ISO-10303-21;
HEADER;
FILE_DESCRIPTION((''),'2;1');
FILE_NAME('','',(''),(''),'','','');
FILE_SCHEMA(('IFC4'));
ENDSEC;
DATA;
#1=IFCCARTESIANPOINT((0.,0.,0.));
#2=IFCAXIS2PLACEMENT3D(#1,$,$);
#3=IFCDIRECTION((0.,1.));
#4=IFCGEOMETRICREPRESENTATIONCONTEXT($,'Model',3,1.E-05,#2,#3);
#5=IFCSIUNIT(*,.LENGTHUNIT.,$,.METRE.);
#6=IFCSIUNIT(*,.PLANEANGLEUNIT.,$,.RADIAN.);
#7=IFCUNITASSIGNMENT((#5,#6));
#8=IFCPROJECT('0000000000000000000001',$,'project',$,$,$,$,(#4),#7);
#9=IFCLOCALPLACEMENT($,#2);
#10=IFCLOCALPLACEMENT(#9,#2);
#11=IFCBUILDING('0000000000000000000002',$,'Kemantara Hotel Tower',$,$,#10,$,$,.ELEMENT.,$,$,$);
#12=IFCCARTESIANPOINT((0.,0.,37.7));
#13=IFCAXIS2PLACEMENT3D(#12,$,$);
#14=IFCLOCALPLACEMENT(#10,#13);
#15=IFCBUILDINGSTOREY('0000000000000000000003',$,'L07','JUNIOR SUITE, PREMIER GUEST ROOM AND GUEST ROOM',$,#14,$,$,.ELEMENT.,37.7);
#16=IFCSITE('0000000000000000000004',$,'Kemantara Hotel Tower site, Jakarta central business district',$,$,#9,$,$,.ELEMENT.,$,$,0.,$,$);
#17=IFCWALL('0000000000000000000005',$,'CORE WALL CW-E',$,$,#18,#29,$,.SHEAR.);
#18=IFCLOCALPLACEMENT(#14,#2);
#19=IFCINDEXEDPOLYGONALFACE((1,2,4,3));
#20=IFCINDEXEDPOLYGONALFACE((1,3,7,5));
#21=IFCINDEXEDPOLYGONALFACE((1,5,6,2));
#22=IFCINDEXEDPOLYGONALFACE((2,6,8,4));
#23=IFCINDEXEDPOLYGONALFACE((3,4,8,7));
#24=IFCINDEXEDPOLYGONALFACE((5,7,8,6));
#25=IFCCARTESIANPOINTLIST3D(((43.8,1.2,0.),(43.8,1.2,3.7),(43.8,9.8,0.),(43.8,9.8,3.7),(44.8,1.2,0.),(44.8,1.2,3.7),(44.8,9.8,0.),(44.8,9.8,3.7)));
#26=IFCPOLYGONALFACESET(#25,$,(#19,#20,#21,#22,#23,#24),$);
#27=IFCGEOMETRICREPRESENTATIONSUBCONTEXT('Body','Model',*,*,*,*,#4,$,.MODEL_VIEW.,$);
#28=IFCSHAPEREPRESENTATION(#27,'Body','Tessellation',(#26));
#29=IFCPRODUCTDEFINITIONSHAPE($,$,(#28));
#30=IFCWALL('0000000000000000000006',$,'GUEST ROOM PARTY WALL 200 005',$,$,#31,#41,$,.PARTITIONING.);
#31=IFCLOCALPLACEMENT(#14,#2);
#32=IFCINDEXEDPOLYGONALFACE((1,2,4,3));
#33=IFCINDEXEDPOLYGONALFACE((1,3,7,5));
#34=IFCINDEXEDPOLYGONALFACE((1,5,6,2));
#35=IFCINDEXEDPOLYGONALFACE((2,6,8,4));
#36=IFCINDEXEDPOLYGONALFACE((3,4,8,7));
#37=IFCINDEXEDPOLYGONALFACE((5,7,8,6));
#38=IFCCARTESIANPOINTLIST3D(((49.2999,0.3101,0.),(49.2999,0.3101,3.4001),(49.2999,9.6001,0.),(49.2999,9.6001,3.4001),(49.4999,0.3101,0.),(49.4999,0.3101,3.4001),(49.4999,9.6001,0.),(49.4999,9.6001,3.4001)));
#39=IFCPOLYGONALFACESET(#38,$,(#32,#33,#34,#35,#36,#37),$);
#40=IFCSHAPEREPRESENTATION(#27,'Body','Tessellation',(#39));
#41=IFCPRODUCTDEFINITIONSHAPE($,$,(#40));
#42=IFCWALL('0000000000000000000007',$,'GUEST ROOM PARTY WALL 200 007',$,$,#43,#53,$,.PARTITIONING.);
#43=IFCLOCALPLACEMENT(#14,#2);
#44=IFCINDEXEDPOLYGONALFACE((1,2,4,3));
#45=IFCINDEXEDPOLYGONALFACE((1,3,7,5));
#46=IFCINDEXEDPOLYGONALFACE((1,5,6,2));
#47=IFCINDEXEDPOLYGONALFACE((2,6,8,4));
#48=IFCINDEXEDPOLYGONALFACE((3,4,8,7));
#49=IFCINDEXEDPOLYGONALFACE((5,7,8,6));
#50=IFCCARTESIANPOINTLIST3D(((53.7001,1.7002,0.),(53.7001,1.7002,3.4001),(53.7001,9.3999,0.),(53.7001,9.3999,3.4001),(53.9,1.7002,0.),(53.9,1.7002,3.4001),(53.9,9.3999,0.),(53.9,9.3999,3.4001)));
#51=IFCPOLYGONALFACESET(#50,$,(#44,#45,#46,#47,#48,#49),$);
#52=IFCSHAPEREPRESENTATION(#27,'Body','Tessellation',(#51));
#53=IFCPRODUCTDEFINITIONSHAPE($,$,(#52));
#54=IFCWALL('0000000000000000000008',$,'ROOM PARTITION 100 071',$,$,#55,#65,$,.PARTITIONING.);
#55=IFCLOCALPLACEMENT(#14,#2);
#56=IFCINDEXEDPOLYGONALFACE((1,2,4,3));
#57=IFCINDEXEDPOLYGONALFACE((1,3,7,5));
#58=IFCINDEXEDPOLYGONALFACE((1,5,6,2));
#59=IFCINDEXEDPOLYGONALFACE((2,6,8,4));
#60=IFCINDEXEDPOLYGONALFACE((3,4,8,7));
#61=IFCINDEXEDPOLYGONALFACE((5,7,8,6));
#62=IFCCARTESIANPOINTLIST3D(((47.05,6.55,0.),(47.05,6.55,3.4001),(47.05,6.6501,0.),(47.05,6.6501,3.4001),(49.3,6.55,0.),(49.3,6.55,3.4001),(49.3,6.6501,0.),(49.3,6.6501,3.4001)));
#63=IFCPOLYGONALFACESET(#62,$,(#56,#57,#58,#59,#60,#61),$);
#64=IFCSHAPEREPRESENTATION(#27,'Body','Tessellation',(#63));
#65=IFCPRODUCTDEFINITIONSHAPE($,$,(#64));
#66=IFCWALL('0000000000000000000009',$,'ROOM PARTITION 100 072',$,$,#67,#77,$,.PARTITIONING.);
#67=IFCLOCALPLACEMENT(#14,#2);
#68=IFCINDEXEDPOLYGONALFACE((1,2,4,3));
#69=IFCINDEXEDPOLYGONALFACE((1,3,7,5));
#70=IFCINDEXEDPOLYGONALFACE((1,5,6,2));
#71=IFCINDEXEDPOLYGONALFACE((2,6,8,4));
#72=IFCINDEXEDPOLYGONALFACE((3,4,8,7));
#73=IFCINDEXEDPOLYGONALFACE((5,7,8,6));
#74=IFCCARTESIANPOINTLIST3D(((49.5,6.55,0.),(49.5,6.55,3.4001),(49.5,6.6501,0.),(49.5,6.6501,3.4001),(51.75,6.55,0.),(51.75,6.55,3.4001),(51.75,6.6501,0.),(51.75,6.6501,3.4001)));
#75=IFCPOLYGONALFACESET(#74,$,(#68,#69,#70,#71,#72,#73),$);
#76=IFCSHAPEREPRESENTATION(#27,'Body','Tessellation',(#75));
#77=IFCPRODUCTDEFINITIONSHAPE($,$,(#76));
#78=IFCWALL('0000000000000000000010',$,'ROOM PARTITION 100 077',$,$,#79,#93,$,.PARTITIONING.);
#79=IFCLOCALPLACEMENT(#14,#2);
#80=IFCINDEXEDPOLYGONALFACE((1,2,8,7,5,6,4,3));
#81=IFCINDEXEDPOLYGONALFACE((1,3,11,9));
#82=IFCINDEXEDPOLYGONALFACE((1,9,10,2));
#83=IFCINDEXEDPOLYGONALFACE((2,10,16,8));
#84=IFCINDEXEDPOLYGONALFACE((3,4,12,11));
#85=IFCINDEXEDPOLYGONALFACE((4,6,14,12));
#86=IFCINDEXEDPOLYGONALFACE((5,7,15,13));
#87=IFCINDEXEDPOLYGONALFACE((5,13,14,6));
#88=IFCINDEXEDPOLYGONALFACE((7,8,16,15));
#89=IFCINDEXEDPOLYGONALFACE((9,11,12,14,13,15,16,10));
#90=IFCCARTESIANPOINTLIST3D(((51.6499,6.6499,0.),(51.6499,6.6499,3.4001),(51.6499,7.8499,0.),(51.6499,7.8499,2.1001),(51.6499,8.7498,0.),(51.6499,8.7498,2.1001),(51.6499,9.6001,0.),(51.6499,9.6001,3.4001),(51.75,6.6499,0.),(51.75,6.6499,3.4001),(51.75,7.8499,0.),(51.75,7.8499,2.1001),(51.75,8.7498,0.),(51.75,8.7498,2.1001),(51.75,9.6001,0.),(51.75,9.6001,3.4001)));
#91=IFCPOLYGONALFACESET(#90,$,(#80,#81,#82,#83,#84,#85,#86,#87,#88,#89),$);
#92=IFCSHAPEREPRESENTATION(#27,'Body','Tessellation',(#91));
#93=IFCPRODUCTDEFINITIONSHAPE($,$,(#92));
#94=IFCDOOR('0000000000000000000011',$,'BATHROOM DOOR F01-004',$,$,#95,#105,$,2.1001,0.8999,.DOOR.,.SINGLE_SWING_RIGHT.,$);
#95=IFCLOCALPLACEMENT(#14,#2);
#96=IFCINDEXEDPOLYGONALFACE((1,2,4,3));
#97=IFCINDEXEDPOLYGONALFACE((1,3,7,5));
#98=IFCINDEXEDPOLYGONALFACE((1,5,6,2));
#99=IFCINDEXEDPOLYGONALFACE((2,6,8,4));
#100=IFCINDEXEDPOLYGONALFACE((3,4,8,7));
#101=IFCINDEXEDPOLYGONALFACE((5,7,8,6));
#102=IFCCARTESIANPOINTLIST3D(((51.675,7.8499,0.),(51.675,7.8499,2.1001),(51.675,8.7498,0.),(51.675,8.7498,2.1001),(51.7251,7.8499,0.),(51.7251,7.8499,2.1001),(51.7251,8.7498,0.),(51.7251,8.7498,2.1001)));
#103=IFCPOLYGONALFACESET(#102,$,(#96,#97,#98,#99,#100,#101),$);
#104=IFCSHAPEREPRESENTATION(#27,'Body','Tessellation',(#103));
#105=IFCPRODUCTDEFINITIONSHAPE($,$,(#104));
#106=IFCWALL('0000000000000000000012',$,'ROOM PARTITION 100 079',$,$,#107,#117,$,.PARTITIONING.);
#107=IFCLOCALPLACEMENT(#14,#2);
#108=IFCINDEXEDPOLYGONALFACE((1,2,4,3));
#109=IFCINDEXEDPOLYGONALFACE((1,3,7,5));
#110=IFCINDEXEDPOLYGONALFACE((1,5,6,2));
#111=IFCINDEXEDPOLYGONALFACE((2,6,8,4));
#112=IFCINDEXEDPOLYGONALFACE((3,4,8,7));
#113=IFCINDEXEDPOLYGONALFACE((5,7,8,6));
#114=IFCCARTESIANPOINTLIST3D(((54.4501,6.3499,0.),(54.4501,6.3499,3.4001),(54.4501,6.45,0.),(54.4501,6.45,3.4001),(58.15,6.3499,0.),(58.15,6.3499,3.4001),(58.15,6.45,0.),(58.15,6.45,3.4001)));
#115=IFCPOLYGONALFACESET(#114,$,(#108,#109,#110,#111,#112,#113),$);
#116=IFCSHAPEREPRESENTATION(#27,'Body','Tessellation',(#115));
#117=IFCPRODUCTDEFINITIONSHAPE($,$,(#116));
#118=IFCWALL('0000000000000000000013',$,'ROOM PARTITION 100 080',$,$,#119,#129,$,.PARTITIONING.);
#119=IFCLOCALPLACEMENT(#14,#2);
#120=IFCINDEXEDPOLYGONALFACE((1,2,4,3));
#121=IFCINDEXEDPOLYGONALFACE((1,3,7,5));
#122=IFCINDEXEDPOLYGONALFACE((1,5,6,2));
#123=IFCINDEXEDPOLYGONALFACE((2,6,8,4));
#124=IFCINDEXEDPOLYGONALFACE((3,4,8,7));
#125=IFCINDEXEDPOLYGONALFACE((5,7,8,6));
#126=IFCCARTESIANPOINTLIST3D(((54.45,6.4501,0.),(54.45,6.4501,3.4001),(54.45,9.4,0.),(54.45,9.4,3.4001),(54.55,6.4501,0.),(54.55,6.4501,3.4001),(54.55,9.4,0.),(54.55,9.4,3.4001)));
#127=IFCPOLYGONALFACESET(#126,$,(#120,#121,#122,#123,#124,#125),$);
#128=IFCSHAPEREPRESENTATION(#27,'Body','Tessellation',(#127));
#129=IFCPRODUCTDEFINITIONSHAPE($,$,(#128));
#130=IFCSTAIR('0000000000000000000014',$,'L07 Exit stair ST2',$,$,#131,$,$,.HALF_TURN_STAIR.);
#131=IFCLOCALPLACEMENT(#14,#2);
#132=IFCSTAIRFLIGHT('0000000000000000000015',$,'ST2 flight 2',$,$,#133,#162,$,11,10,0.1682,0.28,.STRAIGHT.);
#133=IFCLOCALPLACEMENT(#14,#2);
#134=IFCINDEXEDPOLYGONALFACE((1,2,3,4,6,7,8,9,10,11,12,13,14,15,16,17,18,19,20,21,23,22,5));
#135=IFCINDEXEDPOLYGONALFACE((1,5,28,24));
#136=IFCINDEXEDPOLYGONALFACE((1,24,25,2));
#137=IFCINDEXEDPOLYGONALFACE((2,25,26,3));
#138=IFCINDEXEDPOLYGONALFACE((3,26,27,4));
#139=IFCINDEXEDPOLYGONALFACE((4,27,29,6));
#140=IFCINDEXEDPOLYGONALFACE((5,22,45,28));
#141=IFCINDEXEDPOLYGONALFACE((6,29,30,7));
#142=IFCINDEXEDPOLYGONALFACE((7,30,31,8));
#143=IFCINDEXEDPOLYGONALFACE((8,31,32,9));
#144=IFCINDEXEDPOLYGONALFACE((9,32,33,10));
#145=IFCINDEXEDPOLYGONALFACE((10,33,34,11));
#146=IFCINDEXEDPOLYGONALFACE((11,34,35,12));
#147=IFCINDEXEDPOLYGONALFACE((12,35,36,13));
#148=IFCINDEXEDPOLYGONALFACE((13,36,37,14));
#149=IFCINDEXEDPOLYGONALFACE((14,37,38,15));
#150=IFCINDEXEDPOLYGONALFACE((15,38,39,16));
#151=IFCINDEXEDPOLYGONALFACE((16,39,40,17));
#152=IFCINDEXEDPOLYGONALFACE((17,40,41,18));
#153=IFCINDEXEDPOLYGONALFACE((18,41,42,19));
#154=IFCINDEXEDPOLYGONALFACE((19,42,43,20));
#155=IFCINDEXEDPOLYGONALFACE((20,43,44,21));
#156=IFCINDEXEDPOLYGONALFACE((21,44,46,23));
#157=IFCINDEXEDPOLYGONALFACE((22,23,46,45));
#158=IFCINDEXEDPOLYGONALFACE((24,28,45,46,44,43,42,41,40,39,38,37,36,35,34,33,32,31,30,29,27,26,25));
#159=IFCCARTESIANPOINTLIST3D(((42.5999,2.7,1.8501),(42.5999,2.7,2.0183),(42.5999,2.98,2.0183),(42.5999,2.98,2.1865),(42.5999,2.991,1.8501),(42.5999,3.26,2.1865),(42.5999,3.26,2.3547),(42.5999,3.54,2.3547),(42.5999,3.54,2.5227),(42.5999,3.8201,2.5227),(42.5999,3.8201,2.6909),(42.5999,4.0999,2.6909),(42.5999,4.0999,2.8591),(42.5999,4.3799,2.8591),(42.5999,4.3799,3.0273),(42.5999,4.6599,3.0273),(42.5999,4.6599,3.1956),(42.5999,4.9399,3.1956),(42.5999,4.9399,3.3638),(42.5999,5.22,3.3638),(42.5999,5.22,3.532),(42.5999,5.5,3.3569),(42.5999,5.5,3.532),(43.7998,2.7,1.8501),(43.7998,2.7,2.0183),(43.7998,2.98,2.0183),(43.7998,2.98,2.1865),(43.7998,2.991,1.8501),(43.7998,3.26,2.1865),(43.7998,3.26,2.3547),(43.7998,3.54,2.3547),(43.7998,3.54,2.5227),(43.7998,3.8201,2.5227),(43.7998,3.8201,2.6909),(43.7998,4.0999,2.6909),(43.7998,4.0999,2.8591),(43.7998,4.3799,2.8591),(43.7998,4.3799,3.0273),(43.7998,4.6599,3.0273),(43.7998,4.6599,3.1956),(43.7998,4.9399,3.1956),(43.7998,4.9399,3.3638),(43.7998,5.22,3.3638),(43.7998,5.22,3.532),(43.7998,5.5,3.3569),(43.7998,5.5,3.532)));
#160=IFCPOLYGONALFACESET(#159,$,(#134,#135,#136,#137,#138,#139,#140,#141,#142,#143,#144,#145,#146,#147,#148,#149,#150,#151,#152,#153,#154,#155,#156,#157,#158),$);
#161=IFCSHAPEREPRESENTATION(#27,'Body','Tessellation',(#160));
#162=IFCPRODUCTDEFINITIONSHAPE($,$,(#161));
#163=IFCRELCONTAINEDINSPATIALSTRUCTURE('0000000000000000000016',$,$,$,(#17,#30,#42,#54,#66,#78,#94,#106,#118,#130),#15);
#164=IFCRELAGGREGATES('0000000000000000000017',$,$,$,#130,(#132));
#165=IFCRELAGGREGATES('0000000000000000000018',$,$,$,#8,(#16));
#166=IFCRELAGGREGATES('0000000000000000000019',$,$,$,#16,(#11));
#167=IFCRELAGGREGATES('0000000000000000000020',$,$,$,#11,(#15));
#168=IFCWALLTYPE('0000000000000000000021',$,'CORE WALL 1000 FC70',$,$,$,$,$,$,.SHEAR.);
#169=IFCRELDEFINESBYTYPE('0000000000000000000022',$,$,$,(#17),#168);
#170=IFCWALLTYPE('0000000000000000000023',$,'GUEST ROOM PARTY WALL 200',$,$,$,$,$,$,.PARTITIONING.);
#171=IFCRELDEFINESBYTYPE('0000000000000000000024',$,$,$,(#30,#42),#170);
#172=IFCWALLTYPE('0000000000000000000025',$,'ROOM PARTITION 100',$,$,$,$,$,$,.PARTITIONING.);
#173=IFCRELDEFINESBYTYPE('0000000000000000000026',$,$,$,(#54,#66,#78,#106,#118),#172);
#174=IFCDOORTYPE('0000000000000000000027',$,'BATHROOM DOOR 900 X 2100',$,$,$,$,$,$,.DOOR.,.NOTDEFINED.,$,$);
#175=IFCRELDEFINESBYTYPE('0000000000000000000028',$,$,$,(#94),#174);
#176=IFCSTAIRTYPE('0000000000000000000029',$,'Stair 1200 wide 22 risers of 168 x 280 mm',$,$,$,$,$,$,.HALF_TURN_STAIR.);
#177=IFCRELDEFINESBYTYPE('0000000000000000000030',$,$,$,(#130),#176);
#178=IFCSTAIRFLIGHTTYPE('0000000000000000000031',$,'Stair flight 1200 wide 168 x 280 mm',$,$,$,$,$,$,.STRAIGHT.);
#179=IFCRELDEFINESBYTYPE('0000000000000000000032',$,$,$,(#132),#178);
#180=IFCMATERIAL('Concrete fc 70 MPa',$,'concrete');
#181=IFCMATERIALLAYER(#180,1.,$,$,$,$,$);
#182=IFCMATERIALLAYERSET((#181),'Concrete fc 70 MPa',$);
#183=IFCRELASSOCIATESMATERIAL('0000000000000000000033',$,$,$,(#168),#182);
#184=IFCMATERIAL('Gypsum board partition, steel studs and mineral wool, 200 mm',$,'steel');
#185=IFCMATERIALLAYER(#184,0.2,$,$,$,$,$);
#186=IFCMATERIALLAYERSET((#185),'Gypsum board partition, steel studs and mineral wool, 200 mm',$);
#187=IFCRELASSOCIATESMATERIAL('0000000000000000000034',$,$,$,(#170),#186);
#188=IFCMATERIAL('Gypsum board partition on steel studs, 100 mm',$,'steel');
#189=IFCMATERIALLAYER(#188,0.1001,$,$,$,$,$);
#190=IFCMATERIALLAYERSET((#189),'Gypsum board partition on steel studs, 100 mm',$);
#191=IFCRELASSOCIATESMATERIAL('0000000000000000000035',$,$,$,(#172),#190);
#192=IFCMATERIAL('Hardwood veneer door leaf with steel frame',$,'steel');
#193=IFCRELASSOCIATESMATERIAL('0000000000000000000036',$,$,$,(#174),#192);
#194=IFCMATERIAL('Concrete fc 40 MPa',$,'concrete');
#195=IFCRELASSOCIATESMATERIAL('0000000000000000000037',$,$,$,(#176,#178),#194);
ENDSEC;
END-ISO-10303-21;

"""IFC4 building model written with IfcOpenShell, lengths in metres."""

from ifc_helpers import new_model, si_unit, direction, frame, frame_2d, origin, place, context, subcontext, project, spatial, polyline, rectangle, outline, extrude, material, layer, layer_set, type_object, element, fill, aggregate, save


model = new_model("IFC4")

# Units and contexts
model_context = context("Model", 3, precision=1e-05, world=origin(), true_north=direction((0.0, 1.0)))
body_context = subcontext(model_context, "Body", "Model", "MODEL_VIEW")
ifc_project = project(units=[si_unit("LENGTHUNIT", "METRE"), si_unit("PLANEANGLEUNIT", "RADIAN")], contexts=[model_context])

# Site, building, storey
site_placement = place(None, origin())
site = spatial("IfcSite", under=ifc_project, at=site_placement, Name="Kemantara Hotel Tower site, Jakarta central business district", CompositionType="ELEMENT", RefElevation=0.0)
building_placement = place(site_placement, origin())
building = spatial("IfcBuilding", under=site, at=building_placement, Name="Kemantara Hotel Tower", CompositionType="ELEMENT")
storey_placement = place(building_placement, frame((0.0, 0.0, 37.7)))
storey = spatial("IfcBuildingStorey", under=building, at=storey_placement, Name="L07", Description="JUNIOR SUITE, PREMIER GUEST ROOM AND GUEST ROOM", CompositionType="ELEMENT", Elevation=37.7)

# Shared definitions
ifc_material_1 = material(Name="Concrete fc 70 MPa", Category="concrete")

# Walls
ifc_layer_1 = layer(ifc_material_1, 1.0)
ifc_layer_set_1 = layer_set([ifc_layer_1], Name="Concrete fc 70 MPa")
wall_type_1 = type_object("IfcWallType", Name="CORE WALL 1000 FC70", PredefinedType="SHEAR", material=ifc_layer_set_1)
wall_1_placement = place(storey_placement, frame((44.3, 1.2, 0.0), z_axis=(0.0, 0.0, 1.0), x_axis=(0.0, 1.0, 0.0)))
element("IfcWall", 1, at=wall_1_placement, inside=storey, type_object=wall_type_1, Name="CORE WALL CW-E", PredefinedType="SHEAR", context=body_context, shape_type="SweptSolid", body=[
    extrude(rectangle(XDim=8.6001, YDim=1.0, at=frame_2d((4.3, 0.0))), origin(), (0.0, 0.0, 1.0), 3.7),
])
ifc_material_2 = material(Name="Gypsum board partition, steel studs and mineral wool, 200 mm", Category="steel")
ifc_layer_2 = layer(ifc_material_2, 0.2)
ifc_layer_set_2 = layer_set([ifc_layer_2], Name="Gypsum board partition, steel studs and mineral wool, 200 mm")
wall_type_2 = type_object("IfcWallType", Name="GUEST ROOM PARTY WALL 200", PredefinedType="PARTITIONING", material=ifc_layer_set_2)
wall_2_placement = place(storey_placement, frame((49.3999, 0.3101, 0.0), z_axis=(0.0, 0.0, 1.0), x_axis=(0.0, 1.0, 0.0)))
element("IfcWall", 2, at=wall_2_placement, inside=storey, type_object=wall_type_2, Name="GUEST ROOM PARTY WALL 200 005", PredefinedType="PARTITIONING", context=body_context, shape_type="SweptSolid", body=[
    extrude(rectangle(XDim=9.29, YDim=0.2, at=frame_2d((4.645, 0.0))), origin(), (0.0, 0.0, 1.0), 3.4001),
])
wall_3_placement = place(storey_placement, frame((53.8, 1.7002, 0.0), z_axis=(0.0, 0.0, 1.0), x_axis=(0.0, 1.0, 0.0)))
element("IfcWall", 3, at=wall_3_placement, inside=storey, type_object=wall_type_2, Name="GUEST ROOM PARTY WALL 200 007", PredefinedType="PARTITIONING", context=body_context, shape_type="SweptSolid", body=[
    extrude(rectangle(XDim=7.6997, YDim=0.2, at=frame_2d((3.8499, 0.0))), origin(), (0.0, 0.0, 1.0), 3.4001),
])
ifc_material_3 = material(Name="Gypsum board partition on steel studs, 100 mm", Category="steel")
ifc_layer_3 = layer(ifc_material_3, 0.1001)
ifc_layer_set_3 = layer_set([ifc_layer_3], Name="Gypsum board partition on steel studs, 100 mm")
wall_type_3 = type_object("IfcWallType", Name="ROOM PARTITION 100", PredefinedType="PARTITIONING", material=ifc_layer_set_3)
for number, where, z_axis, x_axis, name in (
    (4, (47.05, 6.6001, 0.0), (0.0, 0.0, 1.0), (1.0, 0.0, 0.0), "ROOM PARTITION 100 071"),
    (5, (49.5, 6.6001, 0.0), (0.0, 0.0, 1.0), (1.0, 0.0, 0.0), "ROOM PARTITION 100 072"),
):
    element("IfcWall", number, at=place(storey_placement, frame(where, z_axis=z_axis, x_axis=x_axis)), inside=storey, type_object=wall_type_3, Name=name, PredefinedType="PARTITIONING", context=body_context, shape_type="SweptSolid", body=[
        extrude(rectangle(XDim=2.25, YDim=0.1001, at=frame_2d((1.125, 0.0))), origin(), (0.0, 0.0, 1.0), 3.4001),
    ])

# Wall, opening, door
wall_4_placement = place(storey_placement, frame((51.7, 6.6499, 0.0), z_axis=(0.0, 0.0, 1.0), x_axis=(0.0, 1.0, 0.0)))
wall_4 = element("IfcWall", 6, at=wall_4_placement, inside=storey, type_object=wall_type_3, Name="ROOM PARTITION 100 077", PredefinedType="PARTITIONING", context=body_context, shape_type="SweptSolid", body=[
    extrude(rectangle(XDim=2.9502, YDim=0.1001, at=frame_2d((1.4751, 0.0))), origin(), (0.0, 0.0, 1.0), 3.4001),
])
opening_1_placement = place(wall_4_placement, frame((1.2, 0.0, 0.0)))
opening_1 = element("IfcOpeningElement", 7, at=opening_1_placement, cuts=wall_4, PredefinedType="OPENING", context=body_context, shape_type="SweptSolid", body=[
    extrude(rectangle(XDim=0.8999, YDim=2.1001, at=frame_2d((0.45, 1.05))), frame((0.0, 0.0601, 0.0), z_axis=(0.0, -1.0, 0.0), x_axis=(1.0, 0.0, 0.0)), (0.0, 0.0, 1.0), 0.1201),
])
ifc_material_4 = material(Name="Hardwood veneer door leaf with steel frame", Category="steel")
door_type = type_object("IfcDoorType", Name="BATHROOM DOOR 900 X 2100", OperationType="NOTDEFINED", PredefinedType="DOOR", material=ifc_material_4)
door_placement = place(opening_1_placement, origin())
door = element("IfcDoor", 8, at=door_placement, inside=storey, type_object=door_type, Name="BATHROOM DOOR F01-004", OperationType="SINGLE_SWING_RIGHT", OverallHeight=2.1001, OverallWidth=0.8999, PredefinedType="DOOR", context=body_context, shape_type="SweptSolid", body=[
    extrude(rectangle(XDim=0.8999, YDim=2.1001, at=frame_2d((0.45, 1.05))), frame((0.0, 0.0249, 0.0), z_axis=(0.0, -1.0, 0.0), x_axis=(1.0, 0.0, 0.0)), (0.0, 0.0, 1.0), 0.05),
])
fill(opening_1, door)

# Walls
wall_5_placement = place(storey_placement, frame((54.45, 6.3999, 0.0), z_axis=(0.0, 0.0, 1.0), x_axis=(1.0, 0.0, 0.0)))
element("IfcWall", 9, at=wall_5_placement, inside=storey, type_object=wall_type_3, Name="ROOM PARTITION 100 079", PredefinedType="PARTITIONING", context=body_context, shape_type="SweptSolid", body=[
    extrude(rectangle(XDim=3.7, YDim=0.1001, at=frame_2d((1.8501, 0.0))), origin(), (0.0, 0.0, 1.0), 3.4001),
])
wall_6_placement = place(storey_placement, frame((54.5, 6.45, 0.0), z_axis=(0.0, 0.0, 1.0), x_axis=(0.0, 1.0, 0.0)))
element("IfcWall", 10, at=wall_6_placement, inside=storey, type_object=wall_type_3, Name="ROOM PARTITION 100 080", PredefinedType="PARTITIONING", context=body_context, shape_type="SweptSolid", body=[
    extrude(rectangle(XDim=2.95, YDim=0.1001, at=frame_2d((1.4751, 0.0))), origin(), (0.0, 0.0, 1.0), 3.4001),
])

# Stair, stair flight
ifc_material_5 = material(Name="Concrete fc 40 MPa", Category="concrete")
stair_type = type_object("IfcStairType", Name="Stair 1200 wide 22 risers of 168 x 280 mm", PredefinedType="HALF_TURN_STAIR", material=ifc_material_5)
stair_placement = place(storey_placement, origin())
stair = element("IfcStair", 11, at=stair_placement, inside=storey, type_object=stair_type, Name="L07 Exit stair ST2", PredefinedType="HALF_TURN_STAIR")
stair_flight_type = type_object("IfcStairFlightType", Name="Stair flight 1200 wide 168 x 280 mm", PredefinedType="STRAIGHT", material=ifc_material_5)
stair_flight_placement = place(storey_placement, frame((43.2, 2.7, 1.8501), z_axis=(0.0, 0.0, 1.0), x_axis=(0.0, 1.0, 0.0)))
stair_flight = element("IfcStairFlight", 12, at=stair_flight_placement, type_object=stair_flight_type, Name="ST2 flight 2", NumberOfRisers=11, NumberOfTreads=10, PredefinedType="STRAIGHT", RiserHeight=0.1682, TreadLength=0.28, context=body_context, shape_type="SweptSolid", body=[
    extrude(outline(polyline([(0.0, 0.0), (0.0, 0.1682), (0.28, 0.1682), (0.28, 0.3364), (0.5601, 0.3364), (0.5601, 0.5046), (0.8401, 0.5046), (0.8401, 0.6726), (1.1201, 0.6726), (1.1201, 0.8408), (1.3999, 0.8408), (1.3999, 1.009), (1.6799, 1.009), (1.6799, 1.1772), (1.96, 1.1772), (1.96, 1.3455), (2.24, 1.3455), (2.24, 1.5137), (2.52, 1.5137), (2.52, 1.6819), (2.8, 1.6819), (2.8, 1.8501), (2.8, 1.5068), (0.291, 0.0), (0.0, 0.0)])), frame((0.0, 0.6001, 0.0), z_axis=(0.0, -1.0, 0.0), x_axis=(1.0, 0.0, 0.0)), (0.0, 0.0, 1.0), 1.2),
])
aggregate(stair, [stair_flight])

save(model, "model.ifc")
